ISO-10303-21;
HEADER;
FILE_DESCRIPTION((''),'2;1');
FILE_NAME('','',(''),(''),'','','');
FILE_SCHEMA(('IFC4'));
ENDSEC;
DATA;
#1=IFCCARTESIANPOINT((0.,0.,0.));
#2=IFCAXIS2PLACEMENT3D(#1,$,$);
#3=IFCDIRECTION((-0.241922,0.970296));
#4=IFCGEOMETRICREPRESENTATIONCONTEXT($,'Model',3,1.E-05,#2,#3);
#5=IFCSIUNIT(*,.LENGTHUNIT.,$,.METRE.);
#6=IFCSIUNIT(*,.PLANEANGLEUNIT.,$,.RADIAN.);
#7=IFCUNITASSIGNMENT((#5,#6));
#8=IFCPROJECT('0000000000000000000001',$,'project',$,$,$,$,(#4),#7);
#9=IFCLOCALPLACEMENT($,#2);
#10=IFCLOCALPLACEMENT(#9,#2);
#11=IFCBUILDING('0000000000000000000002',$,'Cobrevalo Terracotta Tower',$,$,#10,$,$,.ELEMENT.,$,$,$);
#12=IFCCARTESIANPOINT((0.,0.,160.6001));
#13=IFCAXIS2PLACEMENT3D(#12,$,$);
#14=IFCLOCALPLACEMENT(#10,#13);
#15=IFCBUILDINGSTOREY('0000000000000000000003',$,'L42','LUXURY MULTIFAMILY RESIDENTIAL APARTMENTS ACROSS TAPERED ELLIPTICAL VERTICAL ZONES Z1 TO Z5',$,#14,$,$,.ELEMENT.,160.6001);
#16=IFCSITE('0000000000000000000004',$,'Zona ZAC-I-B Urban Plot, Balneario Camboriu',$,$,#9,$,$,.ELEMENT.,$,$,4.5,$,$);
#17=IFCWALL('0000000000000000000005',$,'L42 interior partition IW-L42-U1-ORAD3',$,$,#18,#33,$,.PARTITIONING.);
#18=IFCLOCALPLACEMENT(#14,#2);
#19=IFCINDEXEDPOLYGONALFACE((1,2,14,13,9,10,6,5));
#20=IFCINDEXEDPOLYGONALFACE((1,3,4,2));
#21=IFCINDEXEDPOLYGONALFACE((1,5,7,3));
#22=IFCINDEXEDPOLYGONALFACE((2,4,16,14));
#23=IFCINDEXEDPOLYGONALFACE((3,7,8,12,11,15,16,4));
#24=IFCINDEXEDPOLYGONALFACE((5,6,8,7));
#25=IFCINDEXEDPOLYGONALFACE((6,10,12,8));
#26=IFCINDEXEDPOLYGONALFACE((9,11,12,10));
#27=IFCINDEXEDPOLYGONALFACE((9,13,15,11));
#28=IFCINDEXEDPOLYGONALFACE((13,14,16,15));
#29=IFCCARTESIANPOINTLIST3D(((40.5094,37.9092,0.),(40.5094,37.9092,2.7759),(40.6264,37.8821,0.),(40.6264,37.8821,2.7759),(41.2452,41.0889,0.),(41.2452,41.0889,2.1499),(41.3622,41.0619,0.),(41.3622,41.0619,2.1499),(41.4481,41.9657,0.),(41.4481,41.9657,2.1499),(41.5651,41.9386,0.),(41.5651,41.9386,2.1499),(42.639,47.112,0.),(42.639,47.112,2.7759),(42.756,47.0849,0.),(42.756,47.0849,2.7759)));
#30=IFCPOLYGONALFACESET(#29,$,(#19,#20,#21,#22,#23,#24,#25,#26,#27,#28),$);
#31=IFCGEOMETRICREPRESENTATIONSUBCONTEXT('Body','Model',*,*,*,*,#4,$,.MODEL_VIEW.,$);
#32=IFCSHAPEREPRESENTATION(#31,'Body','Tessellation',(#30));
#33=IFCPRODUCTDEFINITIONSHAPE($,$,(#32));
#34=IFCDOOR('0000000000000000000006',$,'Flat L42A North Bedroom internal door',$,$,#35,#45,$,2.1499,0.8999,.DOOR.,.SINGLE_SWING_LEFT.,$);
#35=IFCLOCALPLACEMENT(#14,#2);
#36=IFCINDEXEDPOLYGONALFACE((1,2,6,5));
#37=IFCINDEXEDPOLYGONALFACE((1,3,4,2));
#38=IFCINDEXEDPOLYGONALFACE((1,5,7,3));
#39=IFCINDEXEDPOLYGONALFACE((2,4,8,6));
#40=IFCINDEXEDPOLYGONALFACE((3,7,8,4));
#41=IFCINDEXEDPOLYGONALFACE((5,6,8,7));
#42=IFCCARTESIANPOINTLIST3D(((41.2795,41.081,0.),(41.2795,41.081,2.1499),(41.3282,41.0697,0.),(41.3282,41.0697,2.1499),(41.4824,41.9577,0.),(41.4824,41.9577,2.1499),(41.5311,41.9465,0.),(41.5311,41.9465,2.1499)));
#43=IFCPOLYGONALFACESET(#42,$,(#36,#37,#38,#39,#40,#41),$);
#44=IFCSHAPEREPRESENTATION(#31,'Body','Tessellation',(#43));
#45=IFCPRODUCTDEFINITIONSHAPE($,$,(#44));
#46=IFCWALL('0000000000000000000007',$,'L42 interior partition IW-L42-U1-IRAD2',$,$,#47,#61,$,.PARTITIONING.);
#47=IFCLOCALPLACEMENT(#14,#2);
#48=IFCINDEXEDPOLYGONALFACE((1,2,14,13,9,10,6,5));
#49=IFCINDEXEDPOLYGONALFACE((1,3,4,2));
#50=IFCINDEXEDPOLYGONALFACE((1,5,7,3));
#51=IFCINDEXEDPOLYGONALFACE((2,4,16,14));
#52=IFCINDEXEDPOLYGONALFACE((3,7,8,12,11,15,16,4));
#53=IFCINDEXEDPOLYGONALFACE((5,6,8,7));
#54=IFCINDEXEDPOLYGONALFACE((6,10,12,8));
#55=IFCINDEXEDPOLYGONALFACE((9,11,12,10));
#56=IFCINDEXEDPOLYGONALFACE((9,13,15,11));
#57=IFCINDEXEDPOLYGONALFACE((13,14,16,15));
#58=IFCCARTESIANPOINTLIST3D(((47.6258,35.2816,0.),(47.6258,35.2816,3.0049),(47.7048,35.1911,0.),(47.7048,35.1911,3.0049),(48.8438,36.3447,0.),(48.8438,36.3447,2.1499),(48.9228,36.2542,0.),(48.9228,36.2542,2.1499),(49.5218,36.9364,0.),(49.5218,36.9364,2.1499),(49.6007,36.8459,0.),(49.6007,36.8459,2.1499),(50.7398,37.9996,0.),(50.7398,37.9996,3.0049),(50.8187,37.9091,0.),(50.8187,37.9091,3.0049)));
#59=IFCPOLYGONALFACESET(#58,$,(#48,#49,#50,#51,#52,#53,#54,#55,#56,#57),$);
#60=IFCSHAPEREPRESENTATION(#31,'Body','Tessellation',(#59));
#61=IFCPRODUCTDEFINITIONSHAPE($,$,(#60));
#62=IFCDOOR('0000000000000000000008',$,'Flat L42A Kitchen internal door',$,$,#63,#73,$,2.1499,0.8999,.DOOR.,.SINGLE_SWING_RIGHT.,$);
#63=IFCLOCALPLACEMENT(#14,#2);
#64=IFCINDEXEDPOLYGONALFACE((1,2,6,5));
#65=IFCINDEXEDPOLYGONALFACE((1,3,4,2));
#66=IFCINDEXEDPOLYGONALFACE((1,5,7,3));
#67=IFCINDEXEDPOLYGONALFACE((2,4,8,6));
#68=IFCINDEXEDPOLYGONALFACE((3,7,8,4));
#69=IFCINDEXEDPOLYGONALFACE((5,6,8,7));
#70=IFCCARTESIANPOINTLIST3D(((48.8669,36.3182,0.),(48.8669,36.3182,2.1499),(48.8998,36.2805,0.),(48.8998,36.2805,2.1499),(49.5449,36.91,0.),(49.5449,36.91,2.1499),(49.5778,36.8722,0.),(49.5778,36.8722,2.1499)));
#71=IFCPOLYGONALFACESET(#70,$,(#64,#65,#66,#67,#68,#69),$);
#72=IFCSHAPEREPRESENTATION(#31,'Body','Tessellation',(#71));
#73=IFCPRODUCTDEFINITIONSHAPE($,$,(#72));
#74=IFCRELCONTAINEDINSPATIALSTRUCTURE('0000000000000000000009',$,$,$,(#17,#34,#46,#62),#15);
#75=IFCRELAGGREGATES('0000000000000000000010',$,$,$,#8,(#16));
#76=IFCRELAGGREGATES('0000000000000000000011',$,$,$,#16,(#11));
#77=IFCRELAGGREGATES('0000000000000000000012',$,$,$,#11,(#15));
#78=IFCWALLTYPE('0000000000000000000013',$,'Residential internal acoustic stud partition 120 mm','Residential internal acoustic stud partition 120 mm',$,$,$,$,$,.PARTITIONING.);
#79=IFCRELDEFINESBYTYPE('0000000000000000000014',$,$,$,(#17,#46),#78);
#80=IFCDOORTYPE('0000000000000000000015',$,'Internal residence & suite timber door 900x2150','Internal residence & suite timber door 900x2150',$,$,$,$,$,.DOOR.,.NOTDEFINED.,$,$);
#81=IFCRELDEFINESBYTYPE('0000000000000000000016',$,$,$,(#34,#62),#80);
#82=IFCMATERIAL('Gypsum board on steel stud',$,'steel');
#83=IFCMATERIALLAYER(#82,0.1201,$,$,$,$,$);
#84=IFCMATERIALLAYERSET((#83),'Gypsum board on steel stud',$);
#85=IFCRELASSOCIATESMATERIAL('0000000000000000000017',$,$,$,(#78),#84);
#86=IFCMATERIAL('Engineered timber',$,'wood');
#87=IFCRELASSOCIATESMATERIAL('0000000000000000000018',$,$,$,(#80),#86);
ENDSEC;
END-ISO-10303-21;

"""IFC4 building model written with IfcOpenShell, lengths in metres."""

from ifc_helpers import new_model, si_unit, direction, frame, frame_2d, origin, place, context, subcontext, project, spatial, rectangle, extrude, source, transform, mapped, material, layer, layer_set, type_object, element, fill, save


model = new_model("IFC4")

# Units and contexts
model_context = context("Model", 3, precision=1e-05, world=origin(), true_north=direction((-0.241922, 0.970296)))
body_context = subcontext(model_context, "Body", "Model", "MODEL_VIEW")
ifc_project = project(units=[si_unit("LENGTHUNIT", "METRE"), si_unit("PLANEANGLEUNIT", "RADIAN")], contexts=[model_context])

# Site, building, storey
site_placement = place(None, origin())
site = spatial("IfcSite", under=ifc_project, at=site_placement, Name="Zona ZAC-I-B Urban Plot, Balneario Camboriu", CompositionType="ELEMENT", RefElevation=4.5)
building_placement = place(site_placement, origin())
building = spatial("IfcBuilding", under=site, at=building_placement, Name="Cobrevalo Terracotta Tower", CompositionType="ELEMENT")
storey_placement = place(building_placement, frame((0.0, 0.0, 160.6001)))
storey = spatial("IfcBuildingStorey", under=building, at=storey_placement, Name="L42", Description="LUXURY MULTIFAMILY RESIDENTIAL APARTMENTS ACROSS TAPERED ELLIPTICAL VERTICAL ZONES Z1 TO Z5", CompositionType="ELEMENT", Elevation=160.6001)

# Walls, openings, doors
ifc_material_1 = material(Name="Gypsum board on steel stud", Category="steel")
ifc_layer_1 = layer(ifc_material_1, 0.1201)
ifc_layer_set_1 = layer_set([ifc_layer_1], Name="Gypsum board on steel stud")
wall_type = type_object("IfcWallType", Name="Residential internal acoustic stud partition 120 mm", Description="Residential internal acoustic stud partition 120 mm", PredefinedType="PARTITIONING", material=ifc_layer_set_1)
ifc_material_2 = material(Name="Engineered timber", Category="wood")
door_type = type_object("IfcDoorType", Name="Internal residence & suite timber door 900x2150", Description="Internal residence & suite timber door 900x2150", OperationType="NOTDEFINED", PredefinedType="DOOR", material=ifc_material_2)
shared_shape_1 = source(origin(), body_context, "Body", "SweptSolid", [
    extrude(rectangle(XDim=0.8999, YDim=2.1499, at=frame_2d((0.45, 1.075))), frame((0.0, 0.0249, 0.0), z_axis=(0.0, -1.0, 0.0), x_axis=(1.0, 0.0, 0.0)), (0.0, 0.0, 1.0), 0.05),
])
wall_1_placement = place(storey_placement, frame((40.5679, 37.8955, 0.0), z_axis=(0.0, 0.0, 1.0), x_axis=(0.225452, 0.974254, 0.0)))
wall_1 = element("IfcWall", 1, at=wall_1_placement, inside=storey, type_object=wall_type, Name="L42 interior partition IW-L42-U1-ORAD3", PredefinedType="PARTITIONING", context=body_context, shape_type="SweptSolid", body=[
    extrude(rectangle(XDim=9.446, YDim=0.1201, at=frame_2d((4.7231, 0.0))), origin(), (0.0, 0.0, 1.0), 2.7759),
])
opening_1_placement = place(wall_1_placement, frame((3.2639, 0.0, 0.0)))
opening_1 = element("IfcOpeningElement", 2, at=opening_1_placement, cuts=wall_1, PredefinedType="OPENING", context=body_context, shape_type="SweptSolid", body=[
    extrude(rectangle(XDim=0.8999, YDim=2.1499, at=frame_2d((0.45, 1.075))), frame((0.0, 0.0701, 0.0), z_axis=(0.0, -1.0, 0.0), x_axis=(1.0, 0.0, 0.0)), (0.0, 0.0, 1.0), 0.1401),
])
door_1_placement = place(opening_1_placement, origin())
door_1 = element("IfcDoor", 3, at=door_1_placement, inside=storey, type_object=door_type, Name="Flat L42A North Bedroom internal door", OperationType="SINGLE_SWING_LEFT", OverallHeight=2.1499, OverallWidth=0.8999, PredefinedType="DOOR", context=body_context, shape_type="MappedRepresentation", body=[
    mapped(shared_shape_1, transform((0.0, 0.0, 0.0), scale=1.0)),
])
fill(opening_1, door_1)
wall_2_placement = place(storey_placement, frame((47.6653, 35.2363, 0.0), z_axis=(0.0, 0.0, 1.0), x_axis=(0.753385, 0.65758, 0.0)))
wall_2 = element("IfcWall", 4, at=wall_2_placement, inside=storey, type_object=wall_type, Name="L42 interior partition IW-L42-U1-IRAD2", PredefinedType="PARTITIONING", context=body_context, shape_type="SweptSolid", body=[
    extrude(rectangle(XDim=4.1333, YDim=0.1201, at=frame_2d((2.0667, 0.0))), origin(), (0.0, 0.0, 1.0), 3.0049),
])
opening_2_placement = place(wall_2_placement, frame((1.6167, 0.0, 0.0)))
opening_2 = element("IfcOpeningElement", 5, at=opening_2_placement, cuts=wall_2, PredefinedType="OPENING", context=body_context, shape_type="SweptSolid", body=[
    extrude(rectangle(XDim=0.8999, YDim=2.1499, at=frame_2d((0.45, 1.075))), frame((0.0, 0.0701, 0.0), z_axis=(0.0, -1.0, 0.0), x_axis=(1.0, 0.0, 0.0)), (0.0, 0.0, 1.0), 0.1401),
])
door_2_placement = place(opening_2_placement, origin())
door_2 = element("IfcDoor", 6, at=door_2_placement, inside=storey, type_object=door_type, Name="Flat L42A Kitchen internal door", OperationType="SINGLE_SWING_RIGHT", OverallHeight=2.1499, OverallWidth=0.8999, PredefinedType="DOOR", context=body_context, shape_type="MappedRepresentation", body=[
    mapped(shared_shape_1, transform((0.0, 0.0, 0.0), scale=1.0)),
])
fill(opening_2, door_2)

save(model, "model.ifc")
